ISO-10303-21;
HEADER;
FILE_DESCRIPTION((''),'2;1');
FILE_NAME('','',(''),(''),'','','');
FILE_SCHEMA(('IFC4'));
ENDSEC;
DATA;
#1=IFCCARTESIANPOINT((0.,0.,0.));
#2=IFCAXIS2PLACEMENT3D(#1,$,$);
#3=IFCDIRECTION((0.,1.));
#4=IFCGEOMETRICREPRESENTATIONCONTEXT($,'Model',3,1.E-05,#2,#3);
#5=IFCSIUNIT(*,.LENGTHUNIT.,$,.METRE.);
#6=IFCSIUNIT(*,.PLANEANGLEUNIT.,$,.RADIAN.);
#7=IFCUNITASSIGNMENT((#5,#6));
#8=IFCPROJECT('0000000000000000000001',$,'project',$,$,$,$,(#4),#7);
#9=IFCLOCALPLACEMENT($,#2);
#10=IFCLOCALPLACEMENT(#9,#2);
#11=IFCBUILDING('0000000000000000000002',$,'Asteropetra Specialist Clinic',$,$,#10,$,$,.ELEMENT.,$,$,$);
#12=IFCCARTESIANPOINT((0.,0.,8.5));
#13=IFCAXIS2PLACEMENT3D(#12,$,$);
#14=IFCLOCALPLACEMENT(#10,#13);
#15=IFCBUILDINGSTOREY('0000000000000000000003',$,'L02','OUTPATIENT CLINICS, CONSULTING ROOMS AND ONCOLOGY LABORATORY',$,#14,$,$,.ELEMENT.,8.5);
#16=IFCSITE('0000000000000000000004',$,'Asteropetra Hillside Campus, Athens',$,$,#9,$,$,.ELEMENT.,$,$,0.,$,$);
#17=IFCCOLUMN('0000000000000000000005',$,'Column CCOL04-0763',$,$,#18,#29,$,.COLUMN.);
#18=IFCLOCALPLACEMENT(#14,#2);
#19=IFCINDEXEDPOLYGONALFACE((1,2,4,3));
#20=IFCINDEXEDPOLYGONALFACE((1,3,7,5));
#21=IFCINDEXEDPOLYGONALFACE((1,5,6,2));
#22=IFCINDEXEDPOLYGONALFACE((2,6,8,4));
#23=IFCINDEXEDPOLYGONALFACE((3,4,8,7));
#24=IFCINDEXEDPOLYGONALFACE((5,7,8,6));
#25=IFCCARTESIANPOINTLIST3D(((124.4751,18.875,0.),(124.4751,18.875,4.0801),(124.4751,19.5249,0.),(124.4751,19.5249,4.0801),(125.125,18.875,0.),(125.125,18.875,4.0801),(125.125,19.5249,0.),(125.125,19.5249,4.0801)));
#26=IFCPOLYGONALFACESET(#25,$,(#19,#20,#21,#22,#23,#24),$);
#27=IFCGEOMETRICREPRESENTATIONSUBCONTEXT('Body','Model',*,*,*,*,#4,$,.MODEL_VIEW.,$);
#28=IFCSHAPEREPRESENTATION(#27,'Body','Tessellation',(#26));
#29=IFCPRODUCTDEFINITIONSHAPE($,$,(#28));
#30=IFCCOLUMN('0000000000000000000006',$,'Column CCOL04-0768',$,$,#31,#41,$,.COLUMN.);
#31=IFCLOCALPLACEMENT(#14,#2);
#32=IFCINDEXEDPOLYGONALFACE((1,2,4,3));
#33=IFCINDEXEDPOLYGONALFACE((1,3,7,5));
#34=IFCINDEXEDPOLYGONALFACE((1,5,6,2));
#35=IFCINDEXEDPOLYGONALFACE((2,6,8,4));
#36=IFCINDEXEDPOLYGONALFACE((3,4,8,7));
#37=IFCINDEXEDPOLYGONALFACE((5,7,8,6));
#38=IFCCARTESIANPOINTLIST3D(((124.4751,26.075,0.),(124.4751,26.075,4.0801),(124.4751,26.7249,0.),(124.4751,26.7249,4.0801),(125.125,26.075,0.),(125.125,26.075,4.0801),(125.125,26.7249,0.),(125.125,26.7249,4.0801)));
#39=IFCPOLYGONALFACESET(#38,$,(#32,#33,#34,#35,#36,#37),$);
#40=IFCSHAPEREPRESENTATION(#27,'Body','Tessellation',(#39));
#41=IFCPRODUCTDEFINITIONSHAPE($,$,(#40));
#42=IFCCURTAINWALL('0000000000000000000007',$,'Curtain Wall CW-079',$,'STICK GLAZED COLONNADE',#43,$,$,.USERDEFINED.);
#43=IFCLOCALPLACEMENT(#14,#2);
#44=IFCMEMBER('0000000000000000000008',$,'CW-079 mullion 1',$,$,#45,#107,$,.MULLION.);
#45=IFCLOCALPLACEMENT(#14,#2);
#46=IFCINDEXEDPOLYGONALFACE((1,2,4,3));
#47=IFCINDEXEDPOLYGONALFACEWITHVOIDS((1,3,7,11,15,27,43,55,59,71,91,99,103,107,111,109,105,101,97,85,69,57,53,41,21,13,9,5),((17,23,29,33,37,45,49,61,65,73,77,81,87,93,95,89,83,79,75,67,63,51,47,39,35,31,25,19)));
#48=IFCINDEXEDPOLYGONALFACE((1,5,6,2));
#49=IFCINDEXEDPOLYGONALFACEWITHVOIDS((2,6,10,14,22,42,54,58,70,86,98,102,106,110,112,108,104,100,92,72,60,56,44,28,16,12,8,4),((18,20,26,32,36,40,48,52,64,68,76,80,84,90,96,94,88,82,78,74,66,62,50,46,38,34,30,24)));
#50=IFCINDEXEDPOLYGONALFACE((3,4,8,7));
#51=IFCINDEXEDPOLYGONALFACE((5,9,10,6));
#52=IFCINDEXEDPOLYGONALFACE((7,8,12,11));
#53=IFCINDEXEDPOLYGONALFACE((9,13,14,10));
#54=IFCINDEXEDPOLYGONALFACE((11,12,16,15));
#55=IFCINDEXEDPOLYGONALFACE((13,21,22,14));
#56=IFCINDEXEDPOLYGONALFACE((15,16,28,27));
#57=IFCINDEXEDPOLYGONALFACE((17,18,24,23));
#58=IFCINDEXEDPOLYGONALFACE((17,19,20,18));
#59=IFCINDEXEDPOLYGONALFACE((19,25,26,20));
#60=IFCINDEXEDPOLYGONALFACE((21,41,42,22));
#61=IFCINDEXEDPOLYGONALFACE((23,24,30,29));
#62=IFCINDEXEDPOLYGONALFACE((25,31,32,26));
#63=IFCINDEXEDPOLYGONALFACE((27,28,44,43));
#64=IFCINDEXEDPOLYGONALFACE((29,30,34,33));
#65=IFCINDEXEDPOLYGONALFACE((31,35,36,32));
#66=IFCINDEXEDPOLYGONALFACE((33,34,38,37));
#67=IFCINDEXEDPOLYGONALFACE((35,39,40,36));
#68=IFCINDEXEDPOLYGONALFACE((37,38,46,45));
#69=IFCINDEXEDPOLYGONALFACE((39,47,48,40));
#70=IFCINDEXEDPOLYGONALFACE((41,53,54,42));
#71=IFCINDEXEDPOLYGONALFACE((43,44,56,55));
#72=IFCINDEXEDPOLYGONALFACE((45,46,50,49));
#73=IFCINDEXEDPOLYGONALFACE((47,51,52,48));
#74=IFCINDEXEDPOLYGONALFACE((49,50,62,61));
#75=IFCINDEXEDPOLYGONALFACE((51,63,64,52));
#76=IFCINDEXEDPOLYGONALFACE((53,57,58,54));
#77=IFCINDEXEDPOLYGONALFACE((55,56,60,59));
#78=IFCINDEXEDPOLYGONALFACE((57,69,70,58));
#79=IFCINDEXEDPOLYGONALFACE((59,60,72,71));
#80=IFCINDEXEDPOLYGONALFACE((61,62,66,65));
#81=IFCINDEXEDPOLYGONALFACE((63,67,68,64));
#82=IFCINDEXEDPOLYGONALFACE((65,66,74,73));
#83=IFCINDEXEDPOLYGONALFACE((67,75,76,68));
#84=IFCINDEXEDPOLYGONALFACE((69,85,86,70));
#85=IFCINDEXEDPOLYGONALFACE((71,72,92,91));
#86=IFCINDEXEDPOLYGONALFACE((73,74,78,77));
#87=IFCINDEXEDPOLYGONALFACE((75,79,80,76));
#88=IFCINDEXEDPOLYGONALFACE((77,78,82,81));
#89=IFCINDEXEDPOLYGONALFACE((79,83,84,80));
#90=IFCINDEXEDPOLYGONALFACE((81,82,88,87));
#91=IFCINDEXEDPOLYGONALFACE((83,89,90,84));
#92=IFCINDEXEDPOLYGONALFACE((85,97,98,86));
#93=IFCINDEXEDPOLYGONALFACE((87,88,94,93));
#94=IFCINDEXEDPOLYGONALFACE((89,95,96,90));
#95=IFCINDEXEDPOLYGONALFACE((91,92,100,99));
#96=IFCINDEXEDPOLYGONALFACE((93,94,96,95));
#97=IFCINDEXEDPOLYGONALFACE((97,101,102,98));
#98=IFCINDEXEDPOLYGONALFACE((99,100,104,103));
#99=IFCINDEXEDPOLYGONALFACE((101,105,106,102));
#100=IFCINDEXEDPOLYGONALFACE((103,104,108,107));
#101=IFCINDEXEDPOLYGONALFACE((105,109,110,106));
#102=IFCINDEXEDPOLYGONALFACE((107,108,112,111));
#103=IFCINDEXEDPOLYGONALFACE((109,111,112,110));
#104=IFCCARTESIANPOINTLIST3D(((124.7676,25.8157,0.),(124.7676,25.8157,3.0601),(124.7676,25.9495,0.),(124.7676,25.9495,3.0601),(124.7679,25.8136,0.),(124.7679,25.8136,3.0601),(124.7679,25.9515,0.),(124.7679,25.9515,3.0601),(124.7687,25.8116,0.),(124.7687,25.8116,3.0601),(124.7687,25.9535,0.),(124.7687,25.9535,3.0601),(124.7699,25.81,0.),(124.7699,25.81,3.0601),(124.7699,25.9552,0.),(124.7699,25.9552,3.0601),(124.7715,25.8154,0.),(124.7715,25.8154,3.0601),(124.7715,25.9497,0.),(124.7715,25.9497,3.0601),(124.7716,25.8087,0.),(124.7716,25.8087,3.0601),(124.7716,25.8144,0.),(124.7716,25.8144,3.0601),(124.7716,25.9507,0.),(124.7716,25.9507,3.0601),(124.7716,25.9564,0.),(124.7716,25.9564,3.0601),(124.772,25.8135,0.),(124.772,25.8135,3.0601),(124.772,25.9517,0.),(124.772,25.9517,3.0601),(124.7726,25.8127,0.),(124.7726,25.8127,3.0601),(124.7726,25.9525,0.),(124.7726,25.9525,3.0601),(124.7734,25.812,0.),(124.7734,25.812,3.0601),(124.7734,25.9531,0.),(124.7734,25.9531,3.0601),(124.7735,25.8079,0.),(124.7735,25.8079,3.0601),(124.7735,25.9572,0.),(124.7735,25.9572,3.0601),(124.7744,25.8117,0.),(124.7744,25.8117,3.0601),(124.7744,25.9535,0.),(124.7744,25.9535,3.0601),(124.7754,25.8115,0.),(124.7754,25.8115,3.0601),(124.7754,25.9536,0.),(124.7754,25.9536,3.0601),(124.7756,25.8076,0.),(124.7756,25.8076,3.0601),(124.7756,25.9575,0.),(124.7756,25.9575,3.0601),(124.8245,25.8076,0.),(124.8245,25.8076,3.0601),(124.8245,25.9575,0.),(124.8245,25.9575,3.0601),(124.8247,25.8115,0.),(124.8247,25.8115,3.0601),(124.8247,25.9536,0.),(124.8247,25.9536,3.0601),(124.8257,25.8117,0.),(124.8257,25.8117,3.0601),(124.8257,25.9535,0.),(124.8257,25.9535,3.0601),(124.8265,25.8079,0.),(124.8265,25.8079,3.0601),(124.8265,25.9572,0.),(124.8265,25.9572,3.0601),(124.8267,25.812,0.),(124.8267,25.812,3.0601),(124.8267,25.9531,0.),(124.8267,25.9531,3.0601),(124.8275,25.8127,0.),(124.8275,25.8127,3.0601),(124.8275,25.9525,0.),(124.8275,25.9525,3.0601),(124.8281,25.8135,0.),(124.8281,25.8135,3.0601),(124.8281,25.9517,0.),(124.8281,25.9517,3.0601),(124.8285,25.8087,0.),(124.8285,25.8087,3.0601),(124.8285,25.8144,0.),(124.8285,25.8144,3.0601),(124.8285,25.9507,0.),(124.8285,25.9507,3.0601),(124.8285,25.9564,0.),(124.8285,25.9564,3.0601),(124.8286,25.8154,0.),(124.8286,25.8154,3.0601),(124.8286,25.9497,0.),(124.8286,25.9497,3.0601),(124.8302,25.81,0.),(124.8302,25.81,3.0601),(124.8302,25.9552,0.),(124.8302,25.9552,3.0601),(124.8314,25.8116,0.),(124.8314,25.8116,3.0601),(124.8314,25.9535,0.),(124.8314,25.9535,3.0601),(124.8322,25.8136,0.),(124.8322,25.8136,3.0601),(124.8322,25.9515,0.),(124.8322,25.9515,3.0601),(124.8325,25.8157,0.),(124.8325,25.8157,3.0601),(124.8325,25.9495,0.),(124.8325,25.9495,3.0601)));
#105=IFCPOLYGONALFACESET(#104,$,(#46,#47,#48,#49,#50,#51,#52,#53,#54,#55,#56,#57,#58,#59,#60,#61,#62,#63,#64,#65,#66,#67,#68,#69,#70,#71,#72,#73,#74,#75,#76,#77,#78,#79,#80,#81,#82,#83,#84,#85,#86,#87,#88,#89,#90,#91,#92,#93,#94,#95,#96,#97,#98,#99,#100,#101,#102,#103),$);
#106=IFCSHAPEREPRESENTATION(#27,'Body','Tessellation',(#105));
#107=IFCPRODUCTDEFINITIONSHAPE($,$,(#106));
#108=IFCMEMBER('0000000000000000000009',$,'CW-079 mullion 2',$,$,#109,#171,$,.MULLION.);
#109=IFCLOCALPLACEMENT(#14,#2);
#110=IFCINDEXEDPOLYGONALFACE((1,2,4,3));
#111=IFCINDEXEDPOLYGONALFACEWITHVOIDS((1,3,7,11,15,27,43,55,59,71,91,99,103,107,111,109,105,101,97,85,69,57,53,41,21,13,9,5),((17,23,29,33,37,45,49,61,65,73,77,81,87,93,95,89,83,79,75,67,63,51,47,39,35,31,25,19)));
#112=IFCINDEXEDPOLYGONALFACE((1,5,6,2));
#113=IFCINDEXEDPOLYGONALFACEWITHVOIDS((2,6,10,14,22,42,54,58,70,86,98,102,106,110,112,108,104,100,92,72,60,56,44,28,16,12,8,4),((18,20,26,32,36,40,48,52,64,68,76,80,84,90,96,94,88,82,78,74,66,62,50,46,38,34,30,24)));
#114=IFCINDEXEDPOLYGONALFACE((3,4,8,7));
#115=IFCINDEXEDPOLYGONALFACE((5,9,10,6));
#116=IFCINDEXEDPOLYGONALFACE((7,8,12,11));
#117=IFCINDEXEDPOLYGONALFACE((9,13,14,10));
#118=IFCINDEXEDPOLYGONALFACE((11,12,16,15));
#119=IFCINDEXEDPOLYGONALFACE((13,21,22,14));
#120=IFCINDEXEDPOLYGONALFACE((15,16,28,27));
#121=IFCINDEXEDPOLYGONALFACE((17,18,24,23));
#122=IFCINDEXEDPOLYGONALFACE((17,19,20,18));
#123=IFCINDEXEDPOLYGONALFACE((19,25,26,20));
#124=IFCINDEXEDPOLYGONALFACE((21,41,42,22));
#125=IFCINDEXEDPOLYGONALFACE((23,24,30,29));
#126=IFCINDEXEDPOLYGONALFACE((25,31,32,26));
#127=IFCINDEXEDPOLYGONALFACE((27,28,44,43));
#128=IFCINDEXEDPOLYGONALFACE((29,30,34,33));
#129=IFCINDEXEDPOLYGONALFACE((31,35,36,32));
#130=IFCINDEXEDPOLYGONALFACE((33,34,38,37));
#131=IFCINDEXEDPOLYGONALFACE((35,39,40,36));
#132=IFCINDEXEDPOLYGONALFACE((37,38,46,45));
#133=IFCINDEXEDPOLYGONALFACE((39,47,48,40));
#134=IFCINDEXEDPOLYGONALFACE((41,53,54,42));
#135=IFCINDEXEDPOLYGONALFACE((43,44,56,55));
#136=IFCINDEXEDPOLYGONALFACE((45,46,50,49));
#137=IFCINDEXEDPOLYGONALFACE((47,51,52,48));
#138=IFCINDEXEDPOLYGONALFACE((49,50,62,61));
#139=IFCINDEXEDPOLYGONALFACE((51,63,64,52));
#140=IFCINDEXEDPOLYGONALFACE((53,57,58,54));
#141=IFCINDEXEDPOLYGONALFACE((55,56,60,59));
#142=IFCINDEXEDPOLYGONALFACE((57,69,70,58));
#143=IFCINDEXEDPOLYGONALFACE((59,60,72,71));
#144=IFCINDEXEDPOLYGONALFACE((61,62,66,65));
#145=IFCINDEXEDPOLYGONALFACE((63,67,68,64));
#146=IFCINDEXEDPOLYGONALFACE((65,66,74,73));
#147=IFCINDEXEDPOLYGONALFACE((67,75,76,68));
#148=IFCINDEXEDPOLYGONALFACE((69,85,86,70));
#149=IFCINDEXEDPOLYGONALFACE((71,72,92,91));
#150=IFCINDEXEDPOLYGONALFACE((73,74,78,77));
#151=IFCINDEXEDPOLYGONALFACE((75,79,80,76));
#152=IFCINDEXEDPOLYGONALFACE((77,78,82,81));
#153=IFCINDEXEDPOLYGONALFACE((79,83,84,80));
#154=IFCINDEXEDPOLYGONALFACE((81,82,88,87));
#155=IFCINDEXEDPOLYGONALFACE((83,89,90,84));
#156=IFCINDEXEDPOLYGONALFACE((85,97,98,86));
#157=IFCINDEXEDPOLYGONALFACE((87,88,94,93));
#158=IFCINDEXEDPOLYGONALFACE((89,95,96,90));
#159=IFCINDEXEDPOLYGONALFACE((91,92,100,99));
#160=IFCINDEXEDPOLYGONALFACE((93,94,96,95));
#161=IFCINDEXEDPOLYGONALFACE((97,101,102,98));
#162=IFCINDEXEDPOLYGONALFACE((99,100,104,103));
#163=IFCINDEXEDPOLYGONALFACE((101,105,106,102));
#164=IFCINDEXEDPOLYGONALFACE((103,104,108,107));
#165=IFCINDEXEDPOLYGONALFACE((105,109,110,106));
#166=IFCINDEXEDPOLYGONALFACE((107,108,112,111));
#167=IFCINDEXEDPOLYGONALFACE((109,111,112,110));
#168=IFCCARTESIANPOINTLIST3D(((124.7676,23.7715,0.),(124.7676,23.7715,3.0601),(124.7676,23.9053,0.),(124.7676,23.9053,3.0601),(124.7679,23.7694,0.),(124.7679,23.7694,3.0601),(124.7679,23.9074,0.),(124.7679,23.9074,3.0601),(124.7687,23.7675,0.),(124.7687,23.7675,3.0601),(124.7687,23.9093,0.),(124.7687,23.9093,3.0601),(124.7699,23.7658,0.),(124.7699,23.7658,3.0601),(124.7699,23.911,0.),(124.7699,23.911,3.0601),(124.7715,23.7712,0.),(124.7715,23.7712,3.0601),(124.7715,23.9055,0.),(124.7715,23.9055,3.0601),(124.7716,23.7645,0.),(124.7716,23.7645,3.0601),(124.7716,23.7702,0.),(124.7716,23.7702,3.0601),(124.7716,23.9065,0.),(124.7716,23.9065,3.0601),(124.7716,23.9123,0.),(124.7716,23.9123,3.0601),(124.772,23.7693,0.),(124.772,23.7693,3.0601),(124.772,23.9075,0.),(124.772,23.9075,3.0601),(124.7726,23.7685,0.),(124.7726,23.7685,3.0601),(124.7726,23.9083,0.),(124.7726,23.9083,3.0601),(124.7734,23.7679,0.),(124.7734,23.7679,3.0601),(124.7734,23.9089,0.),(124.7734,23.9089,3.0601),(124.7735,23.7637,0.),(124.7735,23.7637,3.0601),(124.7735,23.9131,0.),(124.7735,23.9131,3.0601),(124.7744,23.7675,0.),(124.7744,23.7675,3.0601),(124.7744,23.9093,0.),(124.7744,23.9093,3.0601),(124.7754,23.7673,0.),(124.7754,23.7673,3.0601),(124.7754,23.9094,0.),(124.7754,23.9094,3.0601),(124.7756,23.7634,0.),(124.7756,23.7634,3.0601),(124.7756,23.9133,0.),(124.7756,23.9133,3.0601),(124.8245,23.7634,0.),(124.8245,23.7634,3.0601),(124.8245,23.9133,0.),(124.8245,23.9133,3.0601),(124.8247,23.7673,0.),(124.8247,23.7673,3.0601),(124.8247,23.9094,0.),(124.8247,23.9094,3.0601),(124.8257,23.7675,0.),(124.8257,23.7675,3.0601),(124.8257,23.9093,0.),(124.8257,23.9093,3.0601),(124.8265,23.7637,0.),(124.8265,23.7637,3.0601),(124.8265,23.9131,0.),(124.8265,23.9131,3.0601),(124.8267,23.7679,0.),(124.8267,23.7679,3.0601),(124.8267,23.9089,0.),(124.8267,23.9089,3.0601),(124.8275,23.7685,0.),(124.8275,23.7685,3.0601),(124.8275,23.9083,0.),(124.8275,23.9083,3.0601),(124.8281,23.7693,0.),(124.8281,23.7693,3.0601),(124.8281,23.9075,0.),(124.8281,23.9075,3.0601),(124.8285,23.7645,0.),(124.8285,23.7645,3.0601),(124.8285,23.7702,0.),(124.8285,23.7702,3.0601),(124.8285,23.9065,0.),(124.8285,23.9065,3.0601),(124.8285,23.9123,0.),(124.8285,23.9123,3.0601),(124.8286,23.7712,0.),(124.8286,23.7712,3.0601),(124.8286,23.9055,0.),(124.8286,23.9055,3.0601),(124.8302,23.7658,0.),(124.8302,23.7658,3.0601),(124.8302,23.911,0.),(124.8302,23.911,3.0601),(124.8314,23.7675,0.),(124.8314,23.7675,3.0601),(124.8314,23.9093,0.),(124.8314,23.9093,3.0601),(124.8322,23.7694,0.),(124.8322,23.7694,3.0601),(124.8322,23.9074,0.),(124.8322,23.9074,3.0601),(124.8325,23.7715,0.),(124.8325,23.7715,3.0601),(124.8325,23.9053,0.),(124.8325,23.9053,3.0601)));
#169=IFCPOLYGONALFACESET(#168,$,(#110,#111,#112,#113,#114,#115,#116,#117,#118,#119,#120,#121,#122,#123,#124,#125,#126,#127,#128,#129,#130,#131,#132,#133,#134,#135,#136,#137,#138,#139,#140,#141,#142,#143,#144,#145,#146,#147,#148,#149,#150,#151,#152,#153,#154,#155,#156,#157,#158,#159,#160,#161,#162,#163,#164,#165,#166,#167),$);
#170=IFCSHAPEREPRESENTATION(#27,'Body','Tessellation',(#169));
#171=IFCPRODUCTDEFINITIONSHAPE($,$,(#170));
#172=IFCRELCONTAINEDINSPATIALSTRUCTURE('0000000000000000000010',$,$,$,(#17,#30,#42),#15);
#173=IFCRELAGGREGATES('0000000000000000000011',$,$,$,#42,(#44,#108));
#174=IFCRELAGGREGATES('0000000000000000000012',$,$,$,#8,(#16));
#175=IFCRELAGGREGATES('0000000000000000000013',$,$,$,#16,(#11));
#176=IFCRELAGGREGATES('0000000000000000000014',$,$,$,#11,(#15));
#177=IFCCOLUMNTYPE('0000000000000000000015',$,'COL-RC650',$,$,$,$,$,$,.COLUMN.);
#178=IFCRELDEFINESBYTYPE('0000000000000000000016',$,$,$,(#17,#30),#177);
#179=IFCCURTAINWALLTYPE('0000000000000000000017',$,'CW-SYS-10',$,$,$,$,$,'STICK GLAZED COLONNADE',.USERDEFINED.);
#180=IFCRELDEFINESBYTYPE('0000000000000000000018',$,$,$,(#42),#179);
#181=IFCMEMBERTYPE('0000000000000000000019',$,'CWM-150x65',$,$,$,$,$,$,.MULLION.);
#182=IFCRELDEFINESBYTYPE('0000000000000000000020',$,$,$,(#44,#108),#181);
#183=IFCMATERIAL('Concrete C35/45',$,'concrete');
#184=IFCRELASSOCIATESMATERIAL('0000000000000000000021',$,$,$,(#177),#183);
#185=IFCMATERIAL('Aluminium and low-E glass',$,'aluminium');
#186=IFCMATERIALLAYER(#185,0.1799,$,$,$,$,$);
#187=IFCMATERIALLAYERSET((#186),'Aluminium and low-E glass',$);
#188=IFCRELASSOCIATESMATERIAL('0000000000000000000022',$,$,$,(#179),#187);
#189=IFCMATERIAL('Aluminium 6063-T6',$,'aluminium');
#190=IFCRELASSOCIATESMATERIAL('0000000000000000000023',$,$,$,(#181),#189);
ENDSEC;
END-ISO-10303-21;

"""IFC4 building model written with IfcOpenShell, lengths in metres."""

from ifc_helpers import new_model, si_unit, direction, frame, origin, origin_2d, place, context, subcontext, project, spatial, rectangle, hollow_rectangle, extrude, material, layer, layer_set, material_profile, profile_set, type_object, element, aggregate, save


model = new_model("IFC4")

# Units and contexts
model_context = context("Model", 3, precision=1e-05, world=origin(), true_north=direction((0.0, 1.0)))
body_context = subcontext(model_context, "Body", "Model", "MODEL_VIEW")
ifc_project = project(units=[si_unit("LENGTHUNIT", "METRE"), si_unit("PLANEANGLEUNIT", "RADIAN")], contexts=[model_context])

# Site, building, storey
site_placement = place(None, origin())
site = spatial("IfcSite", under=ifc_project, at=site_placement, Name="Asteropetra Hillside Campus, Athens", CompositionType="ELEMENT", RefElevation=0.0)
building_placement = place(site_placement, origin())
building = spatial("IfcBuilding", under=site, at=building_placement, Name="Asteropetra Specialist Clinic", CompositionType="ELEMENT")
storey_placement = place(building_placement, frame((0.0, 0.0, 8.5)))
storey = spatial("IfcBuildingStorey", under=building, at=storey_placement, Name="L02", Description="OUTPATIENT CLINICS, CONSULTING ROOMS AND ONCOLOGY LABORATORY", CompositionType="ELEMENT", Elevation=8.5)

# Columns
ifc_material_1 = material(Name="Concrete C35/45", Category="concrete")
ifc_material_profile_1 = material_profile(ifc_material_1, rectangle(XDim=0.6499, YDim=0.6499, at=origin_2d()), Name="RC 650x650")
ifc_profile_set_1 = profile_set([ifc_material_profile_1], Name="Concrete C35/45")
column_type = type_object("IfcColumnType", Name="COL-RC650", PredefinedType="COLUMN", material=ifc_profile_set_1)
for number, where, z_axis, x_axis, name in (
    (1, (124.8, 19.2, 0.0), (0.0, 0.0, 1.0), (1.0, 0.0, 0.0), "Column CCOL04-0763"),
    (2, (124.8, 26.3999, 0.0), (0.0, 0.0, 1.0), (1.0, 0.0, 0.0), "Column CCOL04-0768"),
):
    element("IfcColumn", number, at=place(storey_placement, frame(where, z_axis=z_axis, x_axis=x_axis)), inside=storey, type_object=column_type, Name=name, PredefinedType="COLUMN", context=body_context, shape_type="SweptSolid", body=[
        extrude(rectangle(XDim=0.6499, YDim=0.6499, at=origin_2d()), origin(), (0.0, 0.0, 1.0), 4.0801),
    ])

# Curtain wall, members
ifc_material_2 = material(Name="Aluminium and low-E glass", Category="aluminium")
ifc_layer_1 = layer(ifc_material_2, 0.1799)
ifc_layer_set_1 = layer_set([ifc_layer_1], Name="Aluminium and low-E glass")
curtain_wall_type_1 = type_object("IfcCurtainWallType", Name="CW-SYS-10", ElementType="STICK GLAZED COLONNADE", PredefinedType="USERDEFINED", material=ifc_layer_set_1)
curtain_wall_1_placement = place(storey_placement, origin())
curtain_wall_1 = element("IfcCurtainWall", 3, at=curtain_wall_1_placement, inside=storey, type_object=curtain_wall_type_1, Name="Curtain Wall CW-079", ObjectType="STICK GLAZED COLONNADE", PredefinedType="USERDEFINED")
ifc_material_3 = material(Name="Aluminium 6063-T6", Category="aluminium")
ifc_material_profile_2 = material_profile(ifc_material_3, hollow_rectangle(XDim=0.0649, YDim=0.1499, WallThickness=0.0039, InnerFilletRadius=0.0039, OuterFilletRadius=0.0081, at=origin_2d()), Name="MUL 150x65x4.0")
ifc_profile_set_2 = profile_set([ifc_material_profile_2], Name="Aluminium 6063-T6")
member_type_1 = type_object("IfcMemberType", Name="CWM-150x65", PredefinedType="MULLION", material=ifc_profile_set_2)
member_1_placement = place(storey_placement, frame((124.8, 25.8826, 0.0), z_axis=(0.0, 0.0, 1.0), x_axis=(1.0, 0.0, 0.0)))
member_1 = element("IfcMember", 4, at=member_1_placement, type_object=member_type_1, Name="CW-079 mullion 1", PredefinedType="MULLION", context=body_context, shape_type="SweptSolid", body=[
    extrude(hollow_rectangle(XDim=0.0649, YDim=0.1499, WallThickness=0.0039, InnerFilletRadius=0.0039, OuterFilletRadius=0.0081, at=origin_2d()), origin(), (0.0, 0.0, 1.0), 3.0601),
])
member_2_placement = place(storey_placement, frame((124.8, 23.8384, 0.0), z_axis=(0.0, 0.0, 1.0), x_axis=(1.0, 0.0, 0.0)))
member_2 = element("IfcMember", 5, at=member_2_placement, type_object=member_type_1, Name="CW-079 mullion 2", PredefinedType="MULLION", context=body_context, shape_type="SweptSolid", body=[
    extrude(hollow_rectangle(XDim=0.0649, YDim=0.1499, WallThickness=0.0039, InnerFilletRadius=0.0039, OuterFilletRadius=0.0081, at=origin_2d()), origin(), (0.0, 0.0, 1.0), 3.0601),
])

aggregate(curtain_wall_1, [member_1, member_2])

save(model, "model.ifc")
